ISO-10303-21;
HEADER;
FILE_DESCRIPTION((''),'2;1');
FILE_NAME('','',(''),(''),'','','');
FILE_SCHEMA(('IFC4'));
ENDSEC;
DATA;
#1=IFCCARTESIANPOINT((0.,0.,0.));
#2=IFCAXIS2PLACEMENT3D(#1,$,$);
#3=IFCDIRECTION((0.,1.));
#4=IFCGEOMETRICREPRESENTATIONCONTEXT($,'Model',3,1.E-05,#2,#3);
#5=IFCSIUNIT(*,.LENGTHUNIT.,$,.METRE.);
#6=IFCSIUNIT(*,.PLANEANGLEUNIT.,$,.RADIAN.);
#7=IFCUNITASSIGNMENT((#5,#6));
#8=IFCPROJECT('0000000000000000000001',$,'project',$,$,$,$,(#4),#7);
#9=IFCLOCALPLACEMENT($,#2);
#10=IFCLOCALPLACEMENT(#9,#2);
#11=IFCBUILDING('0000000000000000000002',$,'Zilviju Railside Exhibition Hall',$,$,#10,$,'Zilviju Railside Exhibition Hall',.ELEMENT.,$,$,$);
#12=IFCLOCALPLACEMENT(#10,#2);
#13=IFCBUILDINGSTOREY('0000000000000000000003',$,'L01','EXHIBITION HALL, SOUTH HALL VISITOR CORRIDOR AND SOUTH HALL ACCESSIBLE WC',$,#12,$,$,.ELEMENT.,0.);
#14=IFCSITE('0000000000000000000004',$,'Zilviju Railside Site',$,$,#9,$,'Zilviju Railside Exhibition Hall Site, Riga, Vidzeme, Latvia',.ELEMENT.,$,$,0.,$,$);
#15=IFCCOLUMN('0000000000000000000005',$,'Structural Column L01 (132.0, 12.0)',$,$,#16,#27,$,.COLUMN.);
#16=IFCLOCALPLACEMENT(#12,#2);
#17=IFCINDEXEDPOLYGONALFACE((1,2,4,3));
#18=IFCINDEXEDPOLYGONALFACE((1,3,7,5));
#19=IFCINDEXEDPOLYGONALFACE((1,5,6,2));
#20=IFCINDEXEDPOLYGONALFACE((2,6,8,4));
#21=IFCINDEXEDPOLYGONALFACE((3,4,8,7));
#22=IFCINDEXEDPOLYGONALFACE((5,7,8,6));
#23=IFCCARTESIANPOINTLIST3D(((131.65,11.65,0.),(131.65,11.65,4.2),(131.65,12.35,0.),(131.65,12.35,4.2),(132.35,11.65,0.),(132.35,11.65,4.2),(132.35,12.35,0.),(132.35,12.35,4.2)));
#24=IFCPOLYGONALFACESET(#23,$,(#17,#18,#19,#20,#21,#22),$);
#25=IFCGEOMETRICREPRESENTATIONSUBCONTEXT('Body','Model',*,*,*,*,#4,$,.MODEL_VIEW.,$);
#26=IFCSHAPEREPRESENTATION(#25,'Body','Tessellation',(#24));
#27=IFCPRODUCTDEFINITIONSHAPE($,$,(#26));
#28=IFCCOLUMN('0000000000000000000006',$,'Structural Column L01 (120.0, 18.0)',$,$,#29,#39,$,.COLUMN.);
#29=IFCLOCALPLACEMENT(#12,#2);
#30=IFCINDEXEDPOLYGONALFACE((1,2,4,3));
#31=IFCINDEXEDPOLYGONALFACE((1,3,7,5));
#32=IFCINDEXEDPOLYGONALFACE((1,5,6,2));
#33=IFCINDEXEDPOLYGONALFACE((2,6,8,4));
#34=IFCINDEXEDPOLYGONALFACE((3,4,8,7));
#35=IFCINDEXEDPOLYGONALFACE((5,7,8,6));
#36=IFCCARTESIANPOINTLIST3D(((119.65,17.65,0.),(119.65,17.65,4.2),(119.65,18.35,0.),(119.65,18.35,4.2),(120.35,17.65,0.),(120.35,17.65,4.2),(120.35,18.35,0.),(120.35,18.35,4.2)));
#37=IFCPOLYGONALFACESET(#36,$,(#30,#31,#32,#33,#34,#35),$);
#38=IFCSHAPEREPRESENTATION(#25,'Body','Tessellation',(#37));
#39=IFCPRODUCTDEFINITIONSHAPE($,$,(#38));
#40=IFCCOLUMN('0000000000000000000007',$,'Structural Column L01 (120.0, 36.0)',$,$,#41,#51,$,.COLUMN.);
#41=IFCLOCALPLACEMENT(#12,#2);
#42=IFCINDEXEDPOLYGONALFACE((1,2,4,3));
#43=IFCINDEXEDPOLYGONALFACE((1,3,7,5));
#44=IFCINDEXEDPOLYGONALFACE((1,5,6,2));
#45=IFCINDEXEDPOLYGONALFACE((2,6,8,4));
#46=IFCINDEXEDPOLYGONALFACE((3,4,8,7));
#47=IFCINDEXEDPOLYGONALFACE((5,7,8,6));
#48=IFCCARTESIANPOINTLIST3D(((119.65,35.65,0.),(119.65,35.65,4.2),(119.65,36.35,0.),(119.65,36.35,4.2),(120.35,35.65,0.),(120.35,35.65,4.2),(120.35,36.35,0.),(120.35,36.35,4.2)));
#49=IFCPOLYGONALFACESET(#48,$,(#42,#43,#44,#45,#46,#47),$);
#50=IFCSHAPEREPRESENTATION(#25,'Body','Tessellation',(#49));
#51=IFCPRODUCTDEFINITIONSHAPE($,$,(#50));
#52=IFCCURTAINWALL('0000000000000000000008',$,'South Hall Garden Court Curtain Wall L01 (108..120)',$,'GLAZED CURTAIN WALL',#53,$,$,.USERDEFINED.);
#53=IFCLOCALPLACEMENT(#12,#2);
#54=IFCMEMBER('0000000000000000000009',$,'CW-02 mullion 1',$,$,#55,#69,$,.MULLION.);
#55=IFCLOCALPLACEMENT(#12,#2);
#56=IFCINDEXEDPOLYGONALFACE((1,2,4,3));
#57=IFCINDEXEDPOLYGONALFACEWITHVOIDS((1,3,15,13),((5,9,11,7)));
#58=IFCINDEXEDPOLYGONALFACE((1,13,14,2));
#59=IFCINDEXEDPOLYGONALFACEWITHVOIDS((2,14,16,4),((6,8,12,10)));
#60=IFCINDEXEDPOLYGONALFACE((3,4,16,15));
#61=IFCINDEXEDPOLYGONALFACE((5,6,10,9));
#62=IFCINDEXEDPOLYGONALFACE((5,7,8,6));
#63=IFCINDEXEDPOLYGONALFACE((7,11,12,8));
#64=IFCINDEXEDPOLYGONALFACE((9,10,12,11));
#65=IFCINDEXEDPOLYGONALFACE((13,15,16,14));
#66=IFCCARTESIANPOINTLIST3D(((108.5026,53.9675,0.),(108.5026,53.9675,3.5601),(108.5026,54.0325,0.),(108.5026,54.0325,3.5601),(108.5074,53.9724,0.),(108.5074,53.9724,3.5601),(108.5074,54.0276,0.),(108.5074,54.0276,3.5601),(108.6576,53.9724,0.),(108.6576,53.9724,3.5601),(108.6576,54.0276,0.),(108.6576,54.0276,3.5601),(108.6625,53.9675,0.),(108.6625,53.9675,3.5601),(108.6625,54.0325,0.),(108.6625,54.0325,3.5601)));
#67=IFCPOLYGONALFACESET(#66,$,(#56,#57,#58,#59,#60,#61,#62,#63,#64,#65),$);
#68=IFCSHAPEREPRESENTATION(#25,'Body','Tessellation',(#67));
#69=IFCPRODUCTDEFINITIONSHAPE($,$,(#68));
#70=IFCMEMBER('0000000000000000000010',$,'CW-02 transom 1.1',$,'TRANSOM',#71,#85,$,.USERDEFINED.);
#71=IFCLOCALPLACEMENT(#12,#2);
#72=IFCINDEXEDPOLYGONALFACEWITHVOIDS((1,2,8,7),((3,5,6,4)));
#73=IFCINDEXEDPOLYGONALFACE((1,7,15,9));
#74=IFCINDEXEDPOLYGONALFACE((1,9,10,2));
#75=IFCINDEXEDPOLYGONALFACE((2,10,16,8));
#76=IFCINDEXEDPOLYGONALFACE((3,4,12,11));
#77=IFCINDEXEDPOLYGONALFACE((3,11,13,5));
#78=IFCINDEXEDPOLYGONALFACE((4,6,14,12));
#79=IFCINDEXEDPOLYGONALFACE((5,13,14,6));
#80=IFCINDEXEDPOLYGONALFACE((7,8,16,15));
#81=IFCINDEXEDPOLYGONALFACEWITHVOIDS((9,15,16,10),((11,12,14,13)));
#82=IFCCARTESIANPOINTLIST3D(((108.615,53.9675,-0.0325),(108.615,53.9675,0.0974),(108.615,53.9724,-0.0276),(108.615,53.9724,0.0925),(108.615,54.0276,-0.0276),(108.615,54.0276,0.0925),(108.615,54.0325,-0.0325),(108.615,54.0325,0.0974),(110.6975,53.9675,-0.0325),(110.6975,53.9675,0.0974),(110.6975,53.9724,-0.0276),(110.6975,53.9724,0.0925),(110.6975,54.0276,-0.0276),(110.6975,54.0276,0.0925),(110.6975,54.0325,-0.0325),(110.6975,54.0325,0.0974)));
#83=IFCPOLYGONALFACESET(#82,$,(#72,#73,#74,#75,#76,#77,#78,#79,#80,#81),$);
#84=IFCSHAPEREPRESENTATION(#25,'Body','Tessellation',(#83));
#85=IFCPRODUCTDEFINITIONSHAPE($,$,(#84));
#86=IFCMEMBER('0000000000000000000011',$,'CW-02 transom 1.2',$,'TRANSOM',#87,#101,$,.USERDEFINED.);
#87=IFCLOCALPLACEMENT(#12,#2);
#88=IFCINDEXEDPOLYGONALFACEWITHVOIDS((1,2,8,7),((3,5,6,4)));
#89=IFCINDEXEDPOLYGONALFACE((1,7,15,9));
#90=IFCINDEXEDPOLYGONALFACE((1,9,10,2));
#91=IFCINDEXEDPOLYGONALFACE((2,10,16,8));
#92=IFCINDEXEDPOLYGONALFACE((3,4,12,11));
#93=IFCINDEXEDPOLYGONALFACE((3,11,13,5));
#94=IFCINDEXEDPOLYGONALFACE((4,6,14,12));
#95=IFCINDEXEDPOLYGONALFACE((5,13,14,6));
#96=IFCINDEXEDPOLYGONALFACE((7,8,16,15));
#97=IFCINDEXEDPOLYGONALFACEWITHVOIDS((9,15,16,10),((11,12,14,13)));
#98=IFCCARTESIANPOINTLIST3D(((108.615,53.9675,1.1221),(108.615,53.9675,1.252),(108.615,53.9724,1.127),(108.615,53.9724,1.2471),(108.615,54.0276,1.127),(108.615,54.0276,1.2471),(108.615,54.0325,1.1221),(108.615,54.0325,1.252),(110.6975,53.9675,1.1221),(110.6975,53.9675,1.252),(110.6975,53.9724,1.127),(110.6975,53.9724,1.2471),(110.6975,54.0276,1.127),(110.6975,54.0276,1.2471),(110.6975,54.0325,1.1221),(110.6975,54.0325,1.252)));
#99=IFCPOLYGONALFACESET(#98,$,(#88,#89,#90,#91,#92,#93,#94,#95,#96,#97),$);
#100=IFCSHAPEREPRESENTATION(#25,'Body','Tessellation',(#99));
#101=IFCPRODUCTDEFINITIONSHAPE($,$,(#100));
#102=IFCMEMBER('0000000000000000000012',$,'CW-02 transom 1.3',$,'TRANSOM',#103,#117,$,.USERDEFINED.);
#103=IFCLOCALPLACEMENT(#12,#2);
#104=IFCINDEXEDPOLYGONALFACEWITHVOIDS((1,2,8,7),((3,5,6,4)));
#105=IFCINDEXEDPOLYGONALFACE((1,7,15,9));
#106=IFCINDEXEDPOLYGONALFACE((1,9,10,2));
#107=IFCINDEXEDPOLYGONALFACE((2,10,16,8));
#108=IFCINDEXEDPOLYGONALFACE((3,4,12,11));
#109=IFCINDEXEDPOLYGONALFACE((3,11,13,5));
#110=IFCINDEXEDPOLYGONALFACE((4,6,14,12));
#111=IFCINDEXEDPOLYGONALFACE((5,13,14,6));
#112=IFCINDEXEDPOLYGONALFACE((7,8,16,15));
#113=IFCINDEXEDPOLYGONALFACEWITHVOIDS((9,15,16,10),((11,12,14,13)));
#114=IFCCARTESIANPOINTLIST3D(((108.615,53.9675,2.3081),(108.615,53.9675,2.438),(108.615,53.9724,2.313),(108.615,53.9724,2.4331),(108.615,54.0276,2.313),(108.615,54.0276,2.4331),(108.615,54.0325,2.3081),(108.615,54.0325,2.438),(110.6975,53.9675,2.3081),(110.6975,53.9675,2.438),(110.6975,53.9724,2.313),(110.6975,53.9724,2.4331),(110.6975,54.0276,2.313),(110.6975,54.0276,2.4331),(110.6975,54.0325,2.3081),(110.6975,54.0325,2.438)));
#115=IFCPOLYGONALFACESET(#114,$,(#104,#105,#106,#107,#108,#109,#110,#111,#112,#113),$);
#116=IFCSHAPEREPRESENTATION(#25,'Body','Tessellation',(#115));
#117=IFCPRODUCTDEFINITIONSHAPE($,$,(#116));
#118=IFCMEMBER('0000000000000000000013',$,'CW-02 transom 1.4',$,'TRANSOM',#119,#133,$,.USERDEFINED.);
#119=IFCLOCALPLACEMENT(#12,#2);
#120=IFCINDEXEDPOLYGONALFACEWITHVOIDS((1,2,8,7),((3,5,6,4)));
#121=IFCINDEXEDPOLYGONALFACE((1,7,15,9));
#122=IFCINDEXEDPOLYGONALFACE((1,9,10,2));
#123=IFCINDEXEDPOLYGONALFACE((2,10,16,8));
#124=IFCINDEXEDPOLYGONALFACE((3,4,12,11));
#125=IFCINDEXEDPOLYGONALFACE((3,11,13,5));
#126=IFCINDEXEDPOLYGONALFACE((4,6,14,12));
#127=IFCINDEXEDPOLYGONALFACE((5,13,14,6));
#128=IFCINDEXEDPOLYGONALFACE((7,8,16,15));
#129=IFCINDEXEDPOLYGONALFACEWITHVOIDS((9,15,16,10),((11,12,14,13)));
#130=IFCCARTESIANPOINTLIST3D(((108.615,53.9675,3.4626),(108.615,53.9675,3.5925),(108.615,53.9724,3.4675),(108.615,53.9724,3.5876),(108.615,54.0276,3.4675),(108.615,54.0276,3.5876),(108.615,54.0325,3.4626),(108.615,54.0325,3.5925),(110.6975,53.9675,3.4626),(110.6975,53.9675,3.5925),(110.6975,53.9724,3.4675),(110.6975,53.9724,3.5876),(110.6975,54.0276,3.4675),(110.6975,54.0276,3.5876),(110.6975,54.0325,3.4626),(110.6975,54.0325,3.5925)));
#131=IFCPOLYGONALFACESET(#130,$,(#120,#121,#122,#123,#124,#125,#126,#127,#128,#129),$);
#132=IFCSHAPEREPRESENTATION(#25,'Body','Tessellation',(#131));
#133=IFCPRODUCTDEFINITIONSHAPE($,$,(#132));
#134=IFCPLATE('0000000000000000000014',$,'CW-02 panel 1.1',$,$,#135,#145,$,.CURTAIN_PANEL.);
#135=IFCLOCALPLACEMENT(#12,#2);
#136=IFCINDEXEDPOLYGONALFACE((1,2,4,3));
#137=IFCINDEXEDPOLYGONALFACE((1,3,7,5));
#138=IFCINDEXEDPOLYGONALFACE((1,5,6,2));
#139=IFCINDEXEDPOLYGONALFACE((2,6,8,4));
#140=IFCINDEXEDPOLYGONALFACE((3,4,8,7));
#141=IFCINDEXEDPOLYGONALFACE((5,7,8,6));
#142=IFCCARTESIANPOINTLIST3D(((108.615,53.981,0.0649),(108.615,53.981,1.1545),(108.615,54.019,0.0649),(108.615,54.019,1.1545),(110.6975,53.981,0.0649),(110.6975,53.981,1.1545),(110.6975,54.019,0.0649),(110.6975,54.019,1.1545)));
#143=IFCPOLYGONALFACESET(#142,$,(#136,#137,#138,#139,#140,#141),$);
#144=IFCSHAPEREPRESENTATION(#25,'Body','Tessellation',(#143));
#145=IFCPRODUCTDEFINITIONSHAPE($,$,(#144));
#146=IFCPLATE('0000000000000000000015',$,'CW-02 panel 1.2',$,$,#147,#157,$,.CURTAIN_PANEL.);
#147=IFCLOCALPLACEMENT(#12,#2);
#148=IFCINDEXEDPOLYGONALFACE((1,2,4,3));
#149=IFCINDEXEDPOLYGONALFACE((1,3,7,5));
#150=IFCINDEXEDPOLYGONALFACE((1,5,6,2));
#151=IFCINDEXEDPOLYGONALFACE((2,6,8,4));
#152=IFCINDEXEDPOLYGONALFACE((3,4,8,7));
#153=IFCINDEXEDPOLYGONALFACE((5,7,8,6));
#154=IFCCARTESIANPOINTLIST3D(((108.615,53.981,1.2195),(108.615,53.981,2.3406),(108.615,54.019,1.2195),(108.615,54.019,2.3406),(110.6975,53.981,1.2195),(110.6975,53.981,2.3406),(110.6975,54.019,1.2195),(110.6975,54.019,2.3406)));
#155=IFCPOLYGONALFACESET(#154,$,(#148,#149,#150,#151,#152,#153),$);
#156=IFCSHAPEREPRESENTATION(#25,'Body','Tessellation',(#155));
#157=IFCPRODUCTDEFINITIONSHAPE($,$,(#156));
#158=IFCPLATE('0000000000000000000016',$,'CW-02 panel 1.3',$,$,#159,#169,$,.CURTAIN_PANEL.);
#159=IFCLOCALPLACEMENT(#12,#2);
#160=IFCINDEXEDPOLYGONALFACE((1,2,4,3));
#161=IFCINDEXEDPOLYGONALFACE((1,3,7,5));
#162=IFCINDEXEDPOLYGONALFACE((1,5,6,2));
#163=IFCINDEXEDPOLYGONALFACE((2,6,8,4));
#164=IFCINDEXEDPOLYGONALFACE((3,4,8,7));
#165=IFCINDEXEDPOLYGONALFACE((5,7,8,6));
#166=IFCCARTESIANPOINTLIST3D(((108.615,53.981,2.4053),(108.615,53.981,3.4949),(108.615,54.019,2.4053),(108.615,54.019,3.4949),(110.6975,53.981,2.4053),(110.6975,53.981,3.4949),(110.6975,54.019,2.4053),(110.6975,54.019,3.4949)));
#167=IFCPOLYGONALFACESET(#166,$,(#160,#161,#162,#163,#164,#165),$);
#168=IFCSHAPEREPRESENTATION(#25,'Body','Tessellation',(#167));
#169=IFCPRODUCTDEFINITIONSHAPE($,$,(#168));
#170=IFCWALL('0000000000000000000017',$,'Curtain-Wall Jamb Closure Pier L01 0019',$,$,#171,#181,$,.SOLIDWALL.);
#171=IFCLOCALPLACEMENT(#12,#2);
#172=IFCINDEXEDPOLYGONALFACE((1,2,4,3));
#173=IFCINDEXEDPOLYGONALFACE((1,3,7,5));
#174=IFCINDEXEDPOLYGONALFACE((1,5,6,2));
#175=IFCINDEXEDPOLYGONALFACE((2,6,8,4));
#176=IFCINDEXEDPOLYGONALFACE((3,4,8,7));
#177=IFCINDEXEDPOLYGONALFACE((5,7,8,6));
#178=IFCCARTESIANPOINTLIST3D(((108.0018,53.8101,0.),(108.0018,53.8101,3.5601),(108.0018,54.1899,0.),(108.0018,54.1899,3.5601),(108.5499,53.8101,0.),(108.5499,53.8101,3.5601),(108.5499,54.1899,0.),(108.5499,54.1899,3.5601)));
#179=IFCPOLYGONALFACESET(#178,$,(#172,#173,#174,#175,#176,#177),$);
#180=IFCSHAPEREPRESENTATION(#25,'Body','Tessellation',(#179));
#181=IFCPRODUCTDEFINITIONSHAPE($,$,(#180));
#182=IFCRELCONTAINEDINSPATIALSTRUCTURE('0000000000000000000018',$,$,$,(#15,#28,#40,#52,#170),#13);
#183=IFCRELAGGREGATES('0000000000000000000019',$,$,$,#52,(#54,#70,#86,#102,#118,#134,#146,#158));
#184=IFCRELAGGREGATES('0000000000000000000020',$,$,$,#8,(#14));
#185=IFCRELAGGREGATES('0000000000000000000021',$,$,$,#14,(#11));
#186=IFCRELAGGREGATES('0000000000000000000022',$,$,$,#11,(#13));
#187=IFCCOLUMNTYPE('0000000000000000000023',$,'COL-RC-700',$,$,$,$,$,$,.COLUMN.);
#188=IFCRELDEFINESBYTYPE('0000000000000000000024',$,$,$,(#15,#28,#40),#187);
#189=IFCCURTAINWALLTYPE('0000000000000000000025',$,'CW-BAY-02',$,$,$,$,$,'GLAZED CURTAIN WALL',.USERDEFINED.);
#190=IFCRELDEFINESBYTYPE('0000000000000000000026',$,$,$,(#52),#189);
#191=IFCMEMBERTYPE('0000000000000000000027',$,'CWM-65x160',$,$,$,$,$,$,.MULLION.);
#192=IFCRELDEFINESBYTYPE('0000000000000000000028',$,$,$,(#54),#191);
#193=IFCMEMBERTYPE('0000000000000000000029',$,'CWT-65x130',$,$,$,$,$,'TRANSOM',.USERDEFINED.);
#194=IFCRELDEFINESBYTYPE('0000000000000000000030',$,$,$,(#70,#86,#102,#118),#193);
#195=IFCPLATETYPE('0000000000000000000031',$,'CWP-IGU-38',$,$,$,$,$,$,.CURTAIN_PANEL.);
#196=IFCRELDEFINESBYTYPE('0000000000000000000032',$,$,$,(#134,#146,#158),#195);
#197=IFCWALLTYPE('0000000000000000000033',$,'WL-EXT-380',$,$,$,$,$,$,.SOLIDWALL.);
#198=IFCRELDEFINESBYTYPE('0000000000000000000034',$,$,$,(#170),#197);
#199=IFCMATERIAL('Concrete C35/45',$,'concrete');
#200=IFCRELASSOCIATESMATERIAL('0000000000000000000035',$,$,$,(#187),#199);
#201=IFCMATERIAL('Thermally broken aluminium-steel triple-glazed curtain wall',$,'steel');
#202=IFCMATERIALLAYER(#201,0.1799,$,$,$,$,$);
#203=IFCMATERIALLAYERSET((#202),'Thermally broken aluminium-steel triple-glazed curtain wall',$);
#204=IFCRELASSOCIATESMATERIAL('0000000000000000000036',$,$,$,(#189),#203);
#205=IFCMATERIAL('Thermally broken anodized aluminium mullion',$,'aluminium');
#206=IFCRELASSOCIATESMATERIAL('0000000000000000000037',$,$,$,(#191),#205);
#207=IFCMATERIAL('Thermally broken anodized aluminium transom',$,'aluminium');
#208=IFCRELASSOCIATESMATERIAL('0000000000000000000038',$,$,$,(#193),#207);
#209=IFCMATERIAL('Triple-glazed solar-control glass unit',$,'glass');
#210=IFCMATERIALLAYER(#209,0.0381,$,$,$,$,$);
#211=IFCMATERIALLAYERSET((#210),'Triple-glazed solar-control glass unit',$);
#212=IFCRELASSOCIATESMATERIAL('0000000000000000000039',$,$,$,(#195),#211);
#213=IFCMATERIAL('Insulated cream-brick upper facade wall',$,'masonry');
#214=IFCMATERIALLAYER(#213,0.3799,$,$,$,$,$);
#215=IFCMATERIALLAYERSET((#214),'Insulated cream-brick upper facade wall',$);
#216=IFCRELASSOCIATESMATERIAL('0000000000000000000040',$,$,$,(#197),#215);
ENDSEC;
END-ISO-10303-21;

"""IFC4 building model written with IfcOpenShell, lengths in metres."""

from ifc_helpers import new_model, si_unit, direction, frame, frame_2d, origin, origin_2d, place, context, subcontext, project, spatial, rectangle, hollow_rectangle, extrude, material, layer, layer_set, material_profile, profile_set, type_object, element, aggregate, save


model = new_model("IFC4")

# Units and contexts
model_context = context("Model", 3, precision=1e-05, world=origin(), true_north=direction((0.0, 1.0)))
body_context = subcontext(model_context, "Body", "Model", "MODEL_VIEW")
ifc_project = project(units=[si_unit("LENGTHUNIT", "METRE"), si_unit("PLANEANGLEUNIT", "RADIAN")], contexts=[model_context])

# Site, building, storey
site_placement = place(None, origin())
site = spatial("IfcSite", under=ifc_project, at=site_placement, Name="Zilviju Railside Site", LongName="Zilviju Railside Exhibition Hall Site, Riga, Vidzeme, Latvia", CompositionType="ELEMENT", RefElevation=0.0)
building_placement = place(site_placement, origin())
building = spatial("IfcBuilding", under=site, at=building_placement, Name="Zilviju Railside Exhibition Hall", LongName="Zilviju Railside Exhibition Hall", CompositionType="ELEMENT")
storey_placement = place(building_placement, origin())
storey = spatial("IfcBuildingStorey", under=building, at=storey_placement, Name="L01", Description="EXHIBITION HALL, SOUTH HALL VISITOR CORRIDOR AND SOUTH HALL ACCESSIBLE WC", CompositionType="ELEMENT", Elevation=0.0)

# Shared definitions
ifc_material_1 = material(Name="Concrete C35/45", Category="concrete")

# Columns
ifc_material_profile_1 = material_profile(ifc_material_1, rectangle(XDim=0.7, YDim=0.7, at=origin_2d()), Name="RC COL 700x700")
ifc_profile_set_1 = profile_set([ifc_material_profile_1], Name="Concrete C35/45")
column_type = type_object("IfcColumnType", Name="COL-RC-700", PredefinedType="COLUMN", material=ifc_profile_set_1)
for number, where, z_axis, x_axis, name in (
    (1, (132.0, 12.0, 0.0), (0.0, 0.0, 1.0), (1.0, 0.0, 0.0), "Structural Column L01 (132.0, 12.0)"),
    (2, (120.0, 18.0, 0.0), (0.0, 0.0, 1.0), (1.0, 0.0, 0.0), "Structural Column L01 (120.0, 18.0)"),
    (3, (120.0, 36.0, 0.0), (0.0, 0.0, 1.0), (1.0, 0.0, 0.0), "Structural Column L01 (120.0, 36.0)"),
):
    element("IfcColumn", number, at=place(storey_placement, frame(where, z_axis=z_axis, x_axis=x_axis)), inside=storey, type_object=column_type, Name=name, PredefinedType="COLUMN", context=body_context, shape_type="SweptSolid", body=[
        extrude(rectangle(XDim=0.7, YDim=0.7, at=origin_2d()), origin(), (0.0, 0.0, 1.0), 4.2),
    ])

# Curtain wall, members, plates
ifc_material_2 = material(Name="Thermally broken aluminium-steel triple-glazed curtain wall", Category="steel")
ifc_layer_1 = layer(ifc_material_2, 0.1799)
ifc_layer_set_1 = layer_set([ifc_layer_1], Name="Thermally broken aluminium-steel triple-glazed curtain wall")
curtain_wall_type = type_object("IfcCurtainWallType", Name="CW-BAY-02", ElementType="GLAZED CURTAIN WALL", PredefinedType="USERDEFINED", material=ifc_layer_set_1)
curtain_wall_placement = place(storey_placement, origin())
curtain_wall = element("IfcCurtainWall", 4, at=curtain_wall_placement, inside=storey, type_object=curtain_wall_type, Name="South Hall Garden Court Curtain Wall L01 (108..120)", ObjectType="GLAZED CURTAIN WALL", PredefinedType="USERDEFINED")
ifc_material_3 = material(Name="Thermally broken anodized aluminium mullion", Category="aluminium")
ifc_material_profile_2 = material_profile(ifc_material_3, hollow_rectangle(XDim=0.0649, YDim=0.1599, WallThickness=0.0049, at=origin_2d()), Name="MULLION 160x65x5")
ifc_profile_set_2 = profile_set([ifc_material_profile_2], Name="Thermally broken anodized aluminium mullion")
member_type_1 = type_object("IfcMemberType", Name="CWM-65x160", PredefinedType="MULLION", material=ifc_profile_set_2)
member_1_placement = place(storey_placement, frame((108.5825, 54.0, 0.0), z_axis=(0.0, 0.0, 1.0), x_axis=(0.0, 1.0, 0.0)))
member_1 = element("IfcMember", 5, at=member_1_placement, type_object=member_type_1, Name="CW-02 mullion 1", PredefinedType="MULLION", context=body_context, shape_type="SweptSolid", body=[
    extrude(hollow_rectangle(XDim=0.0649, YDim=0.1599, WallThickness=0.0049, at=origin_2d()), origin(), (0.0, 0.0, 1.0), 3.5601),
])
ifc_material_4 = material(Name="Thermally broken anodized aluminium transom", Category="aluminium")
ifc_material_profile_3 = material_profile(ifc_material_4, hollow_rectangle(XDim=0.0649, YDim=0.1299, WallThickness=0.0049, at=origin_2d()), Name="TRANSOM 130x65x5")
ifc_profile_set_3 = profile_set([ifc_material_profile_3], Name="Thermally broken anodized aluminium transom")
member_type_2 = type_object("IfcMemberType", Name="CWT-65x130", ElementType="TRANSOM", PredefinedType="USERDEFINED", material=ifc_profile_set_3)
member_2_placement = place(storey_placement, frame((108.615, 54.0, 0.0325), z_axis=(1.0, 0.0, 0.0), x_axis=(0.0, 1.0, 0.0)))
member_2 = element("IfcMember", 6, at=member_2_placement, type_object=member_type_2, Name="CW-02 transom 1.1", ObjectType="TRANSOM", PredefinedType="USERDEFINED", context=body_context, shape_type="SweptSolid", body=[
    extrude(hollow_rectangle(XDim=0.0649, YDim=0.1299, WallThickness=0.0049, at=origin_2d()), origin(), (0.0, 0.0, 1.0), 2.0825),
])
member_3_placement = place(storey_placement, frame((108.615, 54.0, 1.187), z_axis=(1.0, 0.0, 0.0), x_axis=(0.0, 1.0, 0.0)))
member_3 = element("IfcMember", 7, at=member_3_placement, type_object=member_type_2, Name="CW-02 transom 1.2", ObjectType="TRANSOM", PredefinedType="USERDEFINED", context=body_context, shape_type="SweptSolid", body=[
    extrude(hollow_rectangle(XDim=0.0649, YDim=0.1299, WallThickness=0.0049, at=origin_2d()), origin(), (0.0, 0.0, 1.0), 2.0825),
])
member_4_placement = place(storey_placement, frame((108.615, 54.0, 2.373), z_axis=(1.0, 0.0, 0.0), x_axis=(0.0, 1.0, 0.0)))
member_4 = element("IfcMember", 8, at=member_4_placement, type_object=member_type_2, Name="CW-02 transom 1.3", ObjectType="TRANSOM", PredefinedType="USERDEFINED", context=body_context, shape_type="SweptSolid", body=[
    extrude(hollow_rectangle(XDim=0.0649, YDim=0.1299, WallThickness=0.0049, at=origin_2d()), origin(), (0.0, 0.0, 1.0), 2.0825),
])
member_5_placement = place(storey_placement, frame((108.615, 54.0, 3.5276), z_axis=(1.0, 0.0, 0.0), x_axis=(0.0, 1.0, 0.0)))
member_5 = element("IfcMember", 9, at=member_5_placement, type_object=member_type_2, Name="CW-02 transom 1.4", ObjectType="TRANSOM", PredefinedType="USERDEFINED", context=body_context, shape_type="SweptSolid", body=[
    extrude(hollow_rectangle(XDim=0.0649, YDim=0.1299, WallThickness=0.0049, at=origin_2d()), origin(), (0.0, 0.0, 1.0), 2.0825),
])
ifc_material_5 = material(Name="Triple-glazed solar-control glass unit", Category="glass")
ifc_layer_2 = layer(ifc_material_5, 0.0381)
ifc_layer_set_2 = layer_set([ifc_layer_2], Name="Triple-glazed solar-control glass unit")
plate_type = type_object("IfcPlateType", Name="CWP-IGU-38", PredefinedType="CURTAIN_PANEL", material=ifc_layer_set_2)
plate_1_placement = place(storey_placement, frame((109.6562, 54.0, 0.0649), z_axis=(0.0, 0.0, 1.0), x_axis=(1.0, 0.0, 0.0)))
plate_1 = element("IfcPlate", 10, at=plate_1_placement, type_object=plate_type, Name="CW-02 panel 1.1", PredefinedType="CURTAIN_PANEL", context=body_context, shape_type="SweptSolid", body=[
    extrude(rectangle(XDim=2.0825, YDim=0.0381, at=origin_2d()), origin(), (0.0, 0.0, 1.0), 1.0896),
])
plate_2_placement = place(storey_placement, frame((109.6562, 54.0, 1.2195), z_axis=(0.0, 0.0, 1.0), x_axis=(1.0, 0.0, 0.0)))
plate_2 = element("IfcPlate", 11, at=plate_2_placement, type_object=plate_type, Name="CW-02 panel 1.2", PredefinedType="CURTAIN_PANEL", context=body_context, shape_type="SweptSolid", body=[
    extrude(rectangle(XDim=2.0825, YDim=0.0381, at=origin_2d()), origin(), (0.0, 0.0, 1.0), 1.1211),
])
plate_3_placement = place(storey_placement, frame((109.6562, 54.0, 2.4053), z_axis=(0.0, 0.0, 1.0), x_axis=(1.0, 0.0, 0.0)))
plate_3 = element("IfcPlate", 12, at=plate_3_placement, type_object=plate_type, Name="CW-02 panel 1.3", PredefinedType="CURTAIN_PANEL", context=body_context, shape_type="SweptSolid", body=[
    extrude(rectangle(XDim=2.0825, YDim=0.0381, at=origin_2d()), origin(), (0.0, 0.0, 1.0), 1.0896),
])
aggregate(curtain_wall, [member_1, member_2, member_3, member_4, member_5, plate_1, plate_2, plate_3])

# Wall
ifc_material_6 = material(Name="Insulated cream-brick upper facade wall", Category="masonry")
ifc_layer_3 = layer(ifc_material_6, 0.3799)
ifc_layer_set_3 = layer_set([ifc_layer_3], Name="Insulated cream-brick upper facade wall")
wall_type = type_object("IfcWallType", Name="WL-EXT-380", PredefinedType="SOLIDWALL", material=ifc_layer_set_3)
wall_placement = place(storey_placement, frame((108.002, 54.0, 0.0), z_axis=(0.0, 0.0, 1.0), x_axis=(1.0, 0.0, 0.0)))
element("IfcWall", 13, at=wall_placement, inside=storey, type_object=wall_type, Name="Curtain-Wall Jamb Closure Pier L01 0019", PredefinedType="SOLIDWALL", context=body_context, shape_type="SweptSolid", body=[
    extrude(rectangle(XDim=0.5481, YDim=0.3799, at=frame_2d((0.2739, 0.0))), origin(), (0.0, 0.0, 1.0), 3.5601),
])

save(model, "model.ifc")
